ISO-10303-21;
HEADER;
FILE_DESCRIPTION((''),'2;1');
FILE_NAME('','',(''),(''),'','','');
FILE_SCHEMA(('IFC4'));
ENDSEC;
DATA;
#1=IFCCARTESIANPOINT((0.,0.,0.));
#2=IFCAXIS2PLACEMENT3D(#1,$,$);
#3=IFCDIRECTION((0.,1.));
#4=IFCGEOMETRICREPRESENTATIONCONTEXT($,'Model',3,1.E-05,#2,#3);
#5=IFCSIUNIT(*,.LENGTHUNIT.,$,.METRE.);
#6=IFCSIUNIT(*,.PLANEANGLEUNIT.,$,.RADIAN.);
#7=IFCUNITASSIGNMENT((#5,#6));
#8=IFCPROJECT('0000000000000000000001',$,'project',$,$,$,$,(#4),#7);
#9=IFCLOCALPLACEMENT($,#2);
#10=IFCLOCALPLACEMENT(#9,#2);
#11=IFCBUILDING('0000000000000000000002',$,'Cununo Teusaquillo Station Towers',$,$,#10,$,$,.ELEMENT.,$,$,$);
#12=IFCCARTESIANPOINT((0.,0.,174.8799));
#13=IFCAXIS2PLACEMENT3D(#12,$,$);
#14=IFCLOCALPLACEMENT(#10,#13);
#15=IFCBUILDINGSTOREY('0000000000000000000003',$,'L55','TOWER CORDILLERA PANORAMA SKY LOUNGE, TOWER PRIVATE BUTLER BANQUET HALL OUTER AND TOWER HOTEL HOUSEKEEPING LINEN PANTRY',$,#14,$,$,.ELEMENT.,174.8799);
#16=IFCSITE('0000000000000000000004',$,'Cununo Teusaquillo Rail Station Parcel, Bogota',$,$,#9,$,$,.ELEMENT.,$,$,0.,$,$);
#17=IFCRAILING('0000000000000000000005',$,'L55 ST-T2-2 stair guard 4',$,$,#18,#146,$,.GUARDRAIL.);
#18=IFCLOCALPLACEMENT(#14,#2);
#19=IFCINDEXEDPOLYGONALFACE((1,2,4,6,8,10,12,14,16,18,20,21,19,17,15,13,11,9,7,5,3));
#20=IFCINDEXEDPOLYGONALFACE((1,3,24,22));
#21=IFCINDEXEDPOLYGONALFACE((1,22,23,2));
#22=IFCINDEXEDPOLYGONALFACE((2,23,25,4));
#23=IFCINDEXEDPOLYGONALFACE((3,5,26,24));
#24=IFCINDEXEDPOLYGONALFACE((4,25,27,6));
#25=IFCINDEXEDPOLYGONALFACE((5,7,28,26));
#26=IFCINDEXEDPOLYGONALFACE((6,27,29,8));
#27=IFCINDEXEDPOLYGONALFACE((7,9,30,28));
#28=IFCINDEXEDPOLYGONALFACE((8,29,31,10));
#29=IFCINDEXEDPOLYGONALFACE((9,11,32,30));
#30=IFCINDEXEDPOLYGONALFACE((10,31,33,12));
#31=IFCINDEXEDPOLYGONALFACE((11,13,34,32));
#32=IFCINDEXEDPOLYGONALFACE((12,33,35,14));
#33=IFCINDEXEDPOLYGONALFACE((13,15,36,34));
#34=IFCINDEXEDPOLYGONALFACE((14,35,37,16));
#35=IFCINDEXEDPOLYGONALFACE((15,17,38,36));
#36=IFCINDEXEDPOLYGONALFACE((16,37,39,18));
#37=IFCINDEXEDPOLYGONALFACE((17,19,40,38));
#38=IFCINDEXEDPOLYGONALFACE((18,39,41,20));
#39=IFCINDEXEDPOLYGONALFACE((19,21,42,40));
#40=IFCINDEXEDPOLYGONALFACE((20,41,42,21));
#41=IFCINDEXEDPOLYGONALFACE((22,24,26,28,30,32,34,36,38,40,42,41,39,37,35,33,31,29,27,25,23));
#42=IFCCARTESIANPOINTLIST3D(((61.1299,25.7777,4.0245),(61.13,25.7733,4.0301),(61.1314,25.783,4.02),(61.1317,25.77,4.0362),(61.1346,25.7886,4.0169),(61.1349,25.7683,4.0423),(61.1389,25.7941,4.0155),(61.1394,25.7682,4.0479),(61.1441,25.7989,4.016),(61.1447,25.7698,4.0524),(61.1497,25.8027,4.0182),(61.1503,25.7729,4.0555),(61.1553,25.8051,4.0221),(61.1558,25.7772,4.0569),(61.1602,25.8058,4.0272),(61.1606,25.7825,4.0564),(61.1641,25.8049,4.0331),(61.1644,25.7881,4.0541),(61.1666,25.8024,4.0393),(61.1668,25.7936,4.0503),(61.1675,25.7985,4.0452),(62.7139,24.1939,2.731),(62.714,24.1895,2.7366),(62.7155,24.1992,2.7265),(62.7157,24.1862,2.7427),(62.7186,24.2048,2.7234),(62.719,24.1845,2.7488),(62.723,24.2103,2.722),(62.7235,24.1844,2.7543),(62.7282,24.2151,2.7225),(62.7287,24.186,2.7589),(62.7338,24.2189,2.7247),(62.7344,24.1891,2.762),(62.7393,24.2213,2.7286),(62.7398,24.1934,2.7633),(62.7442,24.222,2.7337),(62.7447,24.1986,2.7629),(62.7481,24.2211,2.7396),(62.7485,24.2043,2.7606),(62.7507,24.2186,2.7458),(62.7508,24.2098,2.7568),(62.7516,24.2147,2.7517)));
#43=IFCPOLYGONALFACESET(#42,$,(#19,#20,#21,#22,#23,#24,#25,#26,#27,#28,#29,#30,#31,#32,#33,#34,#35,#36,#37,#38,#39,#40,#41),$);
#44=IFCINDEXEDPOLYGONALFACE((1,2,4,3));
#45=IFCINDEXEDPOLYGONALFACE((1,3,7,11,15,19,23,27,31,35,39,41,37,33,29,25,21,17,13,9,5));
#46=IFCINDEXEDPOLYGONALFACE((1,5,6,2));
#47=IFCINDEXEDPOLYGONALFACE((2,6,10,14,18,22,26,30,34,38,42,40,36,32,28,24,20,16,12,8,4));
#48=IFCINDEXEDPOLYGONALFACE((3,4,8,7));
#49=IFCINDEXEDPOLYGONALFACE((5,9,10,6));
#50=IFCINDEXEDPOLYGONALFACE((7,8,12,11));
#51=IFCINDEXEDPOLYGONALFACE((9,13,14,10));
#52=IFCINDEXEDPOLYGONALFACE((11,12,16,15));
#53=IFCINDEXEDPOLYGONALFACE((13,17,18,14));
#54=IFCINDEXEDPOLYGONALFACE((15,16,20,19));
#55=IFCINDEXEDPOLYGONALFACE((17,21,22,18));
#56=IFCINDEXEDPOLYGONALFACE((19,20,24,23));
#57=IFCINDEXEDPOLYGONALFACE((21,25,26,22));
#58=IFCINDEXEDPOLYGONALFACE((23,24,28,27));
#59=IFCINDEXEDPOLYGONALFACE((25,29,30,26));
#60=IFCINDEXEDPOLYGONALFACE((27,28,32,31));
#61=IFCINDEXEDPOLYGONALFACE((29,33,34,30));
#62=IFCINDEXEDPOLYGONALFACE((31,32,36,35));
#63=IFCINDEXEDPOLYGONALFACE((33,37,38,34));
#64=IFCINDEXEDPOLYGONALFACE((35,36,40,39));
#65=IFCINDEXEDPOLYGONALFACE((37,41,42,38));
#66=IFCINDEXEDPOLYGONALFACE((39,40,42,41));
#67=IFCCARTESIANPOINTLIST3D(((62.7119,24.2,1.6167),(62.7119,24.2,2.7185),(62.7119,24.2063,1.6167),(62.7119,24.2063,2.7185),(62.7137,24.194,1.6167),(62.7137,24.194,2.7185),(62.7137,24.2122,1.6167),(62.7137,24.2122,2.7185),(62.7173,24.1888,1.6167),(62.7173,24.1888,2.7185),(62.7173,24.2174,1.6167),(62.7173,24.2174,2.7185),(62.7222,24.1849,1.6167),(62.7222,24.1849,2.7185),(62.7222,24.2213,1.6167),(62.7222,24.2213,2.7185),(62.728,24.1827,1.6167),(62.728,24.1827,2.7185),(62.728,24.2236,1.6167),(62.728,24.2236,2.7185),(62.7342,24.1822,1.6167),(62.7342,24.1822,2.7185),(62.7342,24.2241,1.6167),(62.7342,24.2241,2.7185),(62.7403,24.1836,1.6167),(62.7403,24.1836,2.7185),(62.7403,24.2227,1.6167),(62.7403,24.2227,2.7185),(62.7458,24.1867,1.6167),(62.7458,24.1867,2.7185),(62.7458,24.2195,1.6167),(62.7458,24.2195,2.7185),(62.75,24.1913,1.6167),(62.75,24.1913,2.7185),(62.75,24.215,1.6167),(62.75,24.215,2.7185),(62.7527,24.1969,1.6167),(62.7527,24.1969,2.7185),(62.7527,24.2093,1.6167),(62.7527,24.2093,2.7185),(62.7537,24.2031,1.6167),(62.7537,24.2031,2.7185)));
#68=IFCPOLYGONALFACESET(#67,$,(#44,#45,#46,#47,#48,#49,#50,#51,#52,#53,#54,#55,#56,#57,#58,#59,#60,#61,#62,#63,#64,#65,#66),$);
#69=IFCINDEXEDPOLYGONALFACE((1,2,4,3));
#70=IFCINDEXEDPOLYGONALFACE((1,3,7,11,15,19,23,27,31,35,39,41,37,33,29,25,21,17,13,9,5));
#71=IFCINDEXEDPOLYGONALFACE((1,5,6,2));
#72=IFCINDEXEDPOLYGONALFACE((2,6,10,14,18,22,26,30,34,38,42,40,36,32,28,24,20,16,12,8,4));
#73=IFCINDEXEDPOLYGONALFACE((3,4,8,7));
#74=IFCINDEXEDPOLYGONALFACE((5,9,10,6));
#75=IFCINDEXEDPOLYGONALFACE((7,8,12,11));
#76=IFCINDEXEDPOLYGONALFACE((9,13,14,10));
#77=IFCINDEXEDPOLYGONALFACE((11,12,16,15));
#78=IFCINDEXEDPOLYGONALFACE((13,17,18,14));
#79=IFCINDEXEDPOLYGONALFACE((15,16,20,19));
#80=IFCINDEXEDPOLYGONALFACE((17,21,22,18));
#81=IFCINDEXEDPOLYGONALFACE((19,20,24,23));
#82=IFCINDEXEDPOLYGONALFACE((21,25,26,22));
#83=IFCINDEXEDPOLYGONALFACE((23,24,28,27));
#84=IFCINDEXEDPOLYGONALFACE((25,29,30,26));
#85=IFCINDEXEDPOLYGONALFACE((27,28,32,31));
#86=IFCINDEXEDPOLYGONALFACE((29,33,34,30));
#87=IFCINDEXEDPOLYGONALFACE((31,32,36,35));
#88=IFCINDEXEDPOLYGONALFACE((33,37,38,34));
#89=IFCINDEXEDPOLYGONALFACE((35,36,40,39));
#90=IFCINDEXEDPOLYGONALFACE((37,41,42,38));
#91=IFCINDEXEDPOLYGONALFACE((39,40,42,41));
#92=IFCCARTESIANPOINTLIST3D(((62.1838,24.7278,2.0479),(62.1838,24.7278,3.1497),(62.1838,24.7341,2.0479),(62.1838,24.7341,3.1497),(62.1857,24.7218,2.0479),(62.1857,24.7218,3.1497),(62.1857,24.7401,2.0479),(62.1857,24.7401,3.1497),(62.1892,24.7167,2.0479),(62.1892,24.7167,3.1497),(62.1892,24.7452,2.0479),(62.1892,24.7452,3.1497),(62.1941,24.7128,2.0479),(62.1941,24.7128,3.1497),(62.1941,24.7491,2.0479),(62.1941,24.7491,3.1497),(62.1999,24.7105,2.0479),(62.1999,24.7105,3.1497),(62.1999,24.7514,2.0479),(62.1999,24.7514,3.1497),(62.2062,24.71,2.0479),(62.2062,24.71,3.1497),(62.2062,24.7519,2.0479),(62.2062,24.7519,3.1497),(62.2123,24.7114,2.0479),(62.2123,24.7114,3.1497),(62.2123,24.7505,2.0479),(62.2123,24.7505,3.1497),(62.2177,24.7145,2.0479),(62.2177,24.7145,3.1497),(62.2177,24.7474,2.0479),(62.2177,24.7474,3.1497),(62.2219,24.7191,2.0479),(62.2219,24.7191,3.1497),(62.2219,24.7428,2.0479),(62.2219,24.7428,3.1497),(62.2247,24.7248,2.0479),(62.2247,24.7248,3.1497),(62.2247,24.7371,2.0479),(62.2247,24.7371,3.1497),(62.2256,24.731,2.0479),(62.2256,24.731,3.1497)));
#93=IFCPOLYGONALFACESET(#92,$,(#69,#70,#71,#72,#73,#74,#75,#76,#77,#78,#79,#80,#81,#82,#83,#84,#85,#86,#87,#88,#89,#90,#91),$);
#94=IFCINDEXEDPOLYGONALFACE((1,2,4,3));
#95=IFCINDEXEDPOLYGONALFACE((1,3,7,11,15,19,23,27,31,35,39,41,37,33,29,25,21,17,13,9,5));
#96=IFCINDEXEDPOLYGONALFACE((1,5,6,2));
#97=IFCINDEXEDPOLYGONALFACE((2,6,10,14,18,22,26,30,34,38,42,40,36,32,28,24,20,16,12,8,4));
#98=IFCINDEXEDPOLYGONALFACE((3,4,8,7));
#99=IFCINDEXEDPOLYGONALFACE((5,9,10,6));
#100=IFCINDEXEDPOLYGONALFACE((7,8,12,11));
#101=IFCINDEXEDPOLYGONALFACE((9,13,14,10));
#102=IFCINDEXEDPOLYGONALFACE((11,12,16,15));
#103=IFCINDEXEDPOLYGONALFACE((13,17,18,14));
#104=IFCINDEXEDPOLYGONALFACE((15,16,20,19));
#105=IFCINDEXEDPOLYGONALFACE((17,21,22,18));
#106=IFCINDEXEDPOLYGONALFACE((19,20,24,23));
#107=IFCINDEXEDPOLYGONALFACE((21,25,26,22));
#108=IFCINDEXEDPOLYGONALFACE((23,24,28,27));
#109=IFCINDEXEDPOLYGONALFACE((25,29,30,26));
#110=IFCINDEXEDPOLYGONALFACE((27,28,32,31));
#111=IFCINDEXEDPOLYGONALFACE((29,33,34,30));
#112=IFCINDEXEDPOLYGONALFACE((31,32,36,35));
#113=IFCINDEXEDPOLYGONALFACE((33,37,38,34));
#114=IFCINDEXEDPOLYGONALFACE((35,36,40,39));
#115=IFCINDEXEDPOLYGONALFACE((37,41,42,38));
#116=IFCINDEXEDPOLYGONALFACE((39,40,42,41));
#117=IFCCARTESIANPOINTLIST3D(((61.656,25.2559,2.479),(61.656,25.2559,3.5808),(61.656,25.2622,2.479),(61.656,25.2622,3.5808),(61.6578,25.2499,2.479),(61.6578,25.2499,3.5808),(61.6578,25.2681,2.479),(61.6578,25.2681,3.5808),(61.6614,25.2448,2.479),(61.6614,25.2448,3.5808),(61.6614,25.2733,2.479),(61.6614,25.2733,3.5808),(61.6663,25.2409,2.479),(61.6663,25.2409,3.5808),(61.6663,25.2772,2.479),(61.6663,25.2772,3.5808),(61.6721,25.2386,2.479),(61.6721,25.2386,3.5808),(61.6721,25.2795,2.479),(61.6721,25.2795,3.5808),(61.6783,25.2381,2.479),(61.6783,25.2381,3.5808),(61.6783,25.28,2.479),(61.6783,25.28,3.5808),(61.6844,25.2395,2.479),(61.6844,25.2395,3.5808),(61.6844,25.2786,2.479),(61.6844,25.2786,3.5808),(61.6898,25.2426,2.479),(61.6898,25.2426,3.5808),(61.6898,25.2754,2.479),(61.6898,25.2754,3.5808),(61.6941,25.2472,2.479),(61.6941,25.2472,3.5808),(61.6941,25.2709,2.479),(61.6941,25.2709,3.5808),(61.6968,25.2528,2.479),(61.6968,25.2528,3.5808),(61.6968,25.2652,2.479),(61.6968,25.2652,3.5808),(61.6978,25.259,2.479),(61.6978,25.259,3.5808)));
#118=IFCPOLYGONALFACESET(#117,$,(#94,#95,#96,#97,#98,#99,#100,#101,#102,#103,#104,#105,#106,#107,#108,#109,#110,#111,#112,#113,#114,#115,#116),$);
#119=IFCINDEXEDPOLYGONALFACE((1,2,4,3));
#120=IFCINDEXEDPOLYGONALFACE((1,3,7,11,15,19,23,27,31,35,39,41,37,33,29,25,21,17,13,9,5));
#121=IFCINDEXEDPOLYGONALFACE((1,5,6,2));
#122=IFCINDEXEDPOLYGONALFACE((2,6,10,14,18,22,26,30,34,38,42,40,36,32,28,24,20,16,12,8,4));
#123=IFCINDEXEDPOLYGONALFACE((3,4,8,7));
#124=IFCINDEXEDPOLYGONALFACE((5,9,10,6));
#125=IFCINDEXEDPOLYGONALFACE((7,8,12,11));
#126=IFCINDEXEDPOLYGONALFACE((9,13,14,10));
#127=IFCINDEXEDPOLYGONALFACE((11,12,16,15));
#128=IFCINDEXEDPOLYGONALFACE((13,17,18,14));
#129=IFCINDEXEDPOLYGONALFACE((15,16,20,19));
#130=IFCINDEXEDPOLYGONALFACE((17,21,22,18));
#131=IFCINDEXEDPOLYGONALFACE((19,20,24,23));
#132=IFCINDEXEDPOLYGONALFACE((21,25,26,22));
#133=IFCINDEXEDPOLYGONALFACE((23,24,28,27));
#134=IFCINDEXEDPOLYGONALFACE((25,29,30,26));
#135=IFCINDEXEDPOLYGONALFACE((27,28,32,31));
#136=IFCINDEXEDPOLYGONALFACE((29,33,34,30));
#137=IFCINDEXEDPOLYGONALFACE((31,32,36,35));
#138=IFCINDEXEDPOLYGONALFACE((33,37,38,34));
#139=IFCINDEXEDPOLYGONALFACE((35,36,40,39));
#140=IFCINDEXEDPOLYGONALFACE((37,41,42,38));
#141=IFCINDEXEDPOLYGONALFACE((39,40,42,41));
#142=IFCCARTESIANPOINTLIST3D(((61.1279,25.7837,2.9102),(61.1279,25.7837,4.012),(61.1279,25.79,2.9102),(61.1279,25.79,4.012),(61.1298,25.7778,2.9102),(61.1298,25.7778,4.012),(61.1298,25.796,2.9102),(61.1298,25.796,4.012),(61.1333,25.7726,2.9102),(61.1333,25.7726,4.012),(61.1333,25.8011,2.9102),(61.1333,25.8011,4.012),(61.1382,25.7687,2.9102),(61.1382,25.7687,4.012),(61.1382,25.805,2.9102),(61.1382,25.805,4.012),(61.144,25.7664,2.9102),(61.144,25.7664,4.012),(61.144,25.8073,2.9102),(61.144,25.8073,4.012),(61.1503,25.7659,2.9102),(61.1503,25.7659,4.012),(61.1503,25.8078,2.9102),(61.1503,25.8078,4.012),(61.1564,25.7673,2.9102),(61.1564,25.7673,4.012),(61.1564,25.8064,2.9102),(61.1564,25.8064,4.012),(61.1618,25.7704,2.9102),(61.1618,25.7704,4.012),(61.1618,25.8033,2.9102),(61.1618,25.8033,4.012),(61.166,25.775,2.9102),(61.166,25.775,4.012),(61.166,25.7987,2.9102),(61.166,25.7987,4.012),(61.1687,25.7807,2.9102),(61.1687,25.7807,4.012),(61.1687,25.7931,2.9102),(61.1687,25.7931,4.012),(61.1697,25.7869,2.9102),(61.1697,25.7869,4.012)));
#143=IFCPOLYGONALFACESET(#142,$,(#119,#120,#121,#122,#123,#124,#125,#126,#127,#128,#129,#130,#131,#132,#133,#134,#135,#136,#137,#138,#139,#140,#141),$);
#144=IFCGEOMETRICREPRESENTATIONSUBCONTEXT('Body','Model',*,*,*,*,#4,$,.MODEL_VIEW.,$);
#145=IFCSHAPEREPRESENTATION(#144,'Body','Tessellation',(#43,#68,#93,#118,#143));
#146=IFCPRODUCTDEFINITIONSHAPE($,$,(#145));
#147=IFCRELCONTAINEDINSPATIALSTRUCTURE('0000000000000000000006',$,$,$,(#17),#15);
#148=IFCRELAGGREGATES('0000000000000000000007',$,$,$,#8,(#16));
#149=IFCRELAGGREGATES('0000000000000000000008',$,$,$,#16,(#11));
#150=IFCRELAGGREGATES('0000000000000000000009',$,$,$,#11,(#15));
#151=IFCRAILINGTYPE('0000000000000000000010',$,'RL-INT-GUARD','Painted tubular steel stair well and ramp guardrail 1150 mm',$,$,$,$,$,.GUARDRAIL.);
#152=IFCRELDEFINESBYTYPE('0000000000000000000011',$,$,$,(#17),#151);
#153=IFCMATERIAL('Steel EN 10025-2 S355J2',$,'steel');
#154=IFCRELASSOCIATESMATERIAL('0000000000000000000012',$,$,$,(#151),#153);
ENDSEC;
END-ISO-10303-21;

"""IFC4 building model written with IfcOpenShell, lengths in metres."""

from ifc_helpers import new_model, si_unit, direction, frame, origin, origin_2d, place, context, subcontext, project, spatial, circle, extrude, material, type_object, element, save


model = new_model("IFC4")

# Units and contexts
model_context = context("Model", 3, precision=1e-05, world=origin(), true_north=direction((0.0, 1.0)))
body_context = subcontext(model_context, "Body", "Model", "MODEL_VIEW")
ifc_project = project(units=[si_unit("LENGTHUNIT", "METRE"), si_unit("PLANEANGLEUNIT", "RADIAN")], contexts=[model_context])

# Site, building, storey
site_placement = place(None, origin())
site = spatial("IfcSite", under=ifc_project, at=site_placement, Name="Cununo Teusaquillo Rail Station Parcel, Bogota", CompositionType="ELEMENT", RefElevation=0.0)
building_placement = place(site_placement, origin())
building = spatial("IfcBuilding", under=site, at=building_placement, Name="Cununo Teusaquillo Station Towers", CompositionType="ELEMENT")
storey_placement = place(building_placement, frame((0.0, 0.0, 174.8799)))
storey = spatial("IfcBuildingStorey", under=building, at=storey_placement, Name="L55", Description="TOWER CORDILLERA PANORAMA SKY LOUNGE, TOWER PRIVATE BUTLER BANQUET HALL OUTER AND TOWER HOTEL HOUSEKEEPING LINEN PANTRY", CompositionType="ELEMENT", Elevation=174.8799)

# Railing
ifc_material_1 = material(Name="Steel EN 10025-2 S355J2", Category="steel")
railing_type_1 = type_object("IfcRailingType", Name="RL-INT-GUARD", Description="Painted tubular steel stair well and ramp guardrail 1150 mm", PredefinedType="GUARDRAIL", material=ifc_material_1)
railing_1_placement = place(storey_placement, frame((62.7327, 24.2031, 1.6167)))
element("IfcRailing", 1, at=railing_1_placement, inside=storey, type_object=railing_type_1, Name="L55 ST-T2-2 stair guard 4", PredefinedType="GUARDRAIL", context=body_context, shape_type="SweptSolid", body=[
    extrude(circle(Radius=0.0239, at=origin_2d()), frame((0.0, 0.0, 1.126), z_axis=(-0.612391, 0.612297, 0.500069), x_axis=(-0.707052, -0.707161, 0.0)), (0.0, 0.0, 1.0), 2.5867),
    extrude(circle(Radius=0.021, at=origin_2d()), origin(), (0.0, 0.0, 1.0), 1.1018),
    extrude(circle(Radius=0.021, at=origin_2d()), frame((-0.5281, 0.5278, 0.4312)), (0.0, 0.0, 1.0), 1.1018),
    extrude(circle(Radius=0.021, at=origin_2d()), frame((-1.0559, 1.0559, 0.8623)), (0.0, 0.0, 1.0), 1.1018),
    extrude(circle(Radius=0.021, at=origin_2d()), frame((-1.584, 1.5837, 1.2935)), (0.0, 0.0, 1.0), 1.1018),
])

save(model, "model.ifc")
